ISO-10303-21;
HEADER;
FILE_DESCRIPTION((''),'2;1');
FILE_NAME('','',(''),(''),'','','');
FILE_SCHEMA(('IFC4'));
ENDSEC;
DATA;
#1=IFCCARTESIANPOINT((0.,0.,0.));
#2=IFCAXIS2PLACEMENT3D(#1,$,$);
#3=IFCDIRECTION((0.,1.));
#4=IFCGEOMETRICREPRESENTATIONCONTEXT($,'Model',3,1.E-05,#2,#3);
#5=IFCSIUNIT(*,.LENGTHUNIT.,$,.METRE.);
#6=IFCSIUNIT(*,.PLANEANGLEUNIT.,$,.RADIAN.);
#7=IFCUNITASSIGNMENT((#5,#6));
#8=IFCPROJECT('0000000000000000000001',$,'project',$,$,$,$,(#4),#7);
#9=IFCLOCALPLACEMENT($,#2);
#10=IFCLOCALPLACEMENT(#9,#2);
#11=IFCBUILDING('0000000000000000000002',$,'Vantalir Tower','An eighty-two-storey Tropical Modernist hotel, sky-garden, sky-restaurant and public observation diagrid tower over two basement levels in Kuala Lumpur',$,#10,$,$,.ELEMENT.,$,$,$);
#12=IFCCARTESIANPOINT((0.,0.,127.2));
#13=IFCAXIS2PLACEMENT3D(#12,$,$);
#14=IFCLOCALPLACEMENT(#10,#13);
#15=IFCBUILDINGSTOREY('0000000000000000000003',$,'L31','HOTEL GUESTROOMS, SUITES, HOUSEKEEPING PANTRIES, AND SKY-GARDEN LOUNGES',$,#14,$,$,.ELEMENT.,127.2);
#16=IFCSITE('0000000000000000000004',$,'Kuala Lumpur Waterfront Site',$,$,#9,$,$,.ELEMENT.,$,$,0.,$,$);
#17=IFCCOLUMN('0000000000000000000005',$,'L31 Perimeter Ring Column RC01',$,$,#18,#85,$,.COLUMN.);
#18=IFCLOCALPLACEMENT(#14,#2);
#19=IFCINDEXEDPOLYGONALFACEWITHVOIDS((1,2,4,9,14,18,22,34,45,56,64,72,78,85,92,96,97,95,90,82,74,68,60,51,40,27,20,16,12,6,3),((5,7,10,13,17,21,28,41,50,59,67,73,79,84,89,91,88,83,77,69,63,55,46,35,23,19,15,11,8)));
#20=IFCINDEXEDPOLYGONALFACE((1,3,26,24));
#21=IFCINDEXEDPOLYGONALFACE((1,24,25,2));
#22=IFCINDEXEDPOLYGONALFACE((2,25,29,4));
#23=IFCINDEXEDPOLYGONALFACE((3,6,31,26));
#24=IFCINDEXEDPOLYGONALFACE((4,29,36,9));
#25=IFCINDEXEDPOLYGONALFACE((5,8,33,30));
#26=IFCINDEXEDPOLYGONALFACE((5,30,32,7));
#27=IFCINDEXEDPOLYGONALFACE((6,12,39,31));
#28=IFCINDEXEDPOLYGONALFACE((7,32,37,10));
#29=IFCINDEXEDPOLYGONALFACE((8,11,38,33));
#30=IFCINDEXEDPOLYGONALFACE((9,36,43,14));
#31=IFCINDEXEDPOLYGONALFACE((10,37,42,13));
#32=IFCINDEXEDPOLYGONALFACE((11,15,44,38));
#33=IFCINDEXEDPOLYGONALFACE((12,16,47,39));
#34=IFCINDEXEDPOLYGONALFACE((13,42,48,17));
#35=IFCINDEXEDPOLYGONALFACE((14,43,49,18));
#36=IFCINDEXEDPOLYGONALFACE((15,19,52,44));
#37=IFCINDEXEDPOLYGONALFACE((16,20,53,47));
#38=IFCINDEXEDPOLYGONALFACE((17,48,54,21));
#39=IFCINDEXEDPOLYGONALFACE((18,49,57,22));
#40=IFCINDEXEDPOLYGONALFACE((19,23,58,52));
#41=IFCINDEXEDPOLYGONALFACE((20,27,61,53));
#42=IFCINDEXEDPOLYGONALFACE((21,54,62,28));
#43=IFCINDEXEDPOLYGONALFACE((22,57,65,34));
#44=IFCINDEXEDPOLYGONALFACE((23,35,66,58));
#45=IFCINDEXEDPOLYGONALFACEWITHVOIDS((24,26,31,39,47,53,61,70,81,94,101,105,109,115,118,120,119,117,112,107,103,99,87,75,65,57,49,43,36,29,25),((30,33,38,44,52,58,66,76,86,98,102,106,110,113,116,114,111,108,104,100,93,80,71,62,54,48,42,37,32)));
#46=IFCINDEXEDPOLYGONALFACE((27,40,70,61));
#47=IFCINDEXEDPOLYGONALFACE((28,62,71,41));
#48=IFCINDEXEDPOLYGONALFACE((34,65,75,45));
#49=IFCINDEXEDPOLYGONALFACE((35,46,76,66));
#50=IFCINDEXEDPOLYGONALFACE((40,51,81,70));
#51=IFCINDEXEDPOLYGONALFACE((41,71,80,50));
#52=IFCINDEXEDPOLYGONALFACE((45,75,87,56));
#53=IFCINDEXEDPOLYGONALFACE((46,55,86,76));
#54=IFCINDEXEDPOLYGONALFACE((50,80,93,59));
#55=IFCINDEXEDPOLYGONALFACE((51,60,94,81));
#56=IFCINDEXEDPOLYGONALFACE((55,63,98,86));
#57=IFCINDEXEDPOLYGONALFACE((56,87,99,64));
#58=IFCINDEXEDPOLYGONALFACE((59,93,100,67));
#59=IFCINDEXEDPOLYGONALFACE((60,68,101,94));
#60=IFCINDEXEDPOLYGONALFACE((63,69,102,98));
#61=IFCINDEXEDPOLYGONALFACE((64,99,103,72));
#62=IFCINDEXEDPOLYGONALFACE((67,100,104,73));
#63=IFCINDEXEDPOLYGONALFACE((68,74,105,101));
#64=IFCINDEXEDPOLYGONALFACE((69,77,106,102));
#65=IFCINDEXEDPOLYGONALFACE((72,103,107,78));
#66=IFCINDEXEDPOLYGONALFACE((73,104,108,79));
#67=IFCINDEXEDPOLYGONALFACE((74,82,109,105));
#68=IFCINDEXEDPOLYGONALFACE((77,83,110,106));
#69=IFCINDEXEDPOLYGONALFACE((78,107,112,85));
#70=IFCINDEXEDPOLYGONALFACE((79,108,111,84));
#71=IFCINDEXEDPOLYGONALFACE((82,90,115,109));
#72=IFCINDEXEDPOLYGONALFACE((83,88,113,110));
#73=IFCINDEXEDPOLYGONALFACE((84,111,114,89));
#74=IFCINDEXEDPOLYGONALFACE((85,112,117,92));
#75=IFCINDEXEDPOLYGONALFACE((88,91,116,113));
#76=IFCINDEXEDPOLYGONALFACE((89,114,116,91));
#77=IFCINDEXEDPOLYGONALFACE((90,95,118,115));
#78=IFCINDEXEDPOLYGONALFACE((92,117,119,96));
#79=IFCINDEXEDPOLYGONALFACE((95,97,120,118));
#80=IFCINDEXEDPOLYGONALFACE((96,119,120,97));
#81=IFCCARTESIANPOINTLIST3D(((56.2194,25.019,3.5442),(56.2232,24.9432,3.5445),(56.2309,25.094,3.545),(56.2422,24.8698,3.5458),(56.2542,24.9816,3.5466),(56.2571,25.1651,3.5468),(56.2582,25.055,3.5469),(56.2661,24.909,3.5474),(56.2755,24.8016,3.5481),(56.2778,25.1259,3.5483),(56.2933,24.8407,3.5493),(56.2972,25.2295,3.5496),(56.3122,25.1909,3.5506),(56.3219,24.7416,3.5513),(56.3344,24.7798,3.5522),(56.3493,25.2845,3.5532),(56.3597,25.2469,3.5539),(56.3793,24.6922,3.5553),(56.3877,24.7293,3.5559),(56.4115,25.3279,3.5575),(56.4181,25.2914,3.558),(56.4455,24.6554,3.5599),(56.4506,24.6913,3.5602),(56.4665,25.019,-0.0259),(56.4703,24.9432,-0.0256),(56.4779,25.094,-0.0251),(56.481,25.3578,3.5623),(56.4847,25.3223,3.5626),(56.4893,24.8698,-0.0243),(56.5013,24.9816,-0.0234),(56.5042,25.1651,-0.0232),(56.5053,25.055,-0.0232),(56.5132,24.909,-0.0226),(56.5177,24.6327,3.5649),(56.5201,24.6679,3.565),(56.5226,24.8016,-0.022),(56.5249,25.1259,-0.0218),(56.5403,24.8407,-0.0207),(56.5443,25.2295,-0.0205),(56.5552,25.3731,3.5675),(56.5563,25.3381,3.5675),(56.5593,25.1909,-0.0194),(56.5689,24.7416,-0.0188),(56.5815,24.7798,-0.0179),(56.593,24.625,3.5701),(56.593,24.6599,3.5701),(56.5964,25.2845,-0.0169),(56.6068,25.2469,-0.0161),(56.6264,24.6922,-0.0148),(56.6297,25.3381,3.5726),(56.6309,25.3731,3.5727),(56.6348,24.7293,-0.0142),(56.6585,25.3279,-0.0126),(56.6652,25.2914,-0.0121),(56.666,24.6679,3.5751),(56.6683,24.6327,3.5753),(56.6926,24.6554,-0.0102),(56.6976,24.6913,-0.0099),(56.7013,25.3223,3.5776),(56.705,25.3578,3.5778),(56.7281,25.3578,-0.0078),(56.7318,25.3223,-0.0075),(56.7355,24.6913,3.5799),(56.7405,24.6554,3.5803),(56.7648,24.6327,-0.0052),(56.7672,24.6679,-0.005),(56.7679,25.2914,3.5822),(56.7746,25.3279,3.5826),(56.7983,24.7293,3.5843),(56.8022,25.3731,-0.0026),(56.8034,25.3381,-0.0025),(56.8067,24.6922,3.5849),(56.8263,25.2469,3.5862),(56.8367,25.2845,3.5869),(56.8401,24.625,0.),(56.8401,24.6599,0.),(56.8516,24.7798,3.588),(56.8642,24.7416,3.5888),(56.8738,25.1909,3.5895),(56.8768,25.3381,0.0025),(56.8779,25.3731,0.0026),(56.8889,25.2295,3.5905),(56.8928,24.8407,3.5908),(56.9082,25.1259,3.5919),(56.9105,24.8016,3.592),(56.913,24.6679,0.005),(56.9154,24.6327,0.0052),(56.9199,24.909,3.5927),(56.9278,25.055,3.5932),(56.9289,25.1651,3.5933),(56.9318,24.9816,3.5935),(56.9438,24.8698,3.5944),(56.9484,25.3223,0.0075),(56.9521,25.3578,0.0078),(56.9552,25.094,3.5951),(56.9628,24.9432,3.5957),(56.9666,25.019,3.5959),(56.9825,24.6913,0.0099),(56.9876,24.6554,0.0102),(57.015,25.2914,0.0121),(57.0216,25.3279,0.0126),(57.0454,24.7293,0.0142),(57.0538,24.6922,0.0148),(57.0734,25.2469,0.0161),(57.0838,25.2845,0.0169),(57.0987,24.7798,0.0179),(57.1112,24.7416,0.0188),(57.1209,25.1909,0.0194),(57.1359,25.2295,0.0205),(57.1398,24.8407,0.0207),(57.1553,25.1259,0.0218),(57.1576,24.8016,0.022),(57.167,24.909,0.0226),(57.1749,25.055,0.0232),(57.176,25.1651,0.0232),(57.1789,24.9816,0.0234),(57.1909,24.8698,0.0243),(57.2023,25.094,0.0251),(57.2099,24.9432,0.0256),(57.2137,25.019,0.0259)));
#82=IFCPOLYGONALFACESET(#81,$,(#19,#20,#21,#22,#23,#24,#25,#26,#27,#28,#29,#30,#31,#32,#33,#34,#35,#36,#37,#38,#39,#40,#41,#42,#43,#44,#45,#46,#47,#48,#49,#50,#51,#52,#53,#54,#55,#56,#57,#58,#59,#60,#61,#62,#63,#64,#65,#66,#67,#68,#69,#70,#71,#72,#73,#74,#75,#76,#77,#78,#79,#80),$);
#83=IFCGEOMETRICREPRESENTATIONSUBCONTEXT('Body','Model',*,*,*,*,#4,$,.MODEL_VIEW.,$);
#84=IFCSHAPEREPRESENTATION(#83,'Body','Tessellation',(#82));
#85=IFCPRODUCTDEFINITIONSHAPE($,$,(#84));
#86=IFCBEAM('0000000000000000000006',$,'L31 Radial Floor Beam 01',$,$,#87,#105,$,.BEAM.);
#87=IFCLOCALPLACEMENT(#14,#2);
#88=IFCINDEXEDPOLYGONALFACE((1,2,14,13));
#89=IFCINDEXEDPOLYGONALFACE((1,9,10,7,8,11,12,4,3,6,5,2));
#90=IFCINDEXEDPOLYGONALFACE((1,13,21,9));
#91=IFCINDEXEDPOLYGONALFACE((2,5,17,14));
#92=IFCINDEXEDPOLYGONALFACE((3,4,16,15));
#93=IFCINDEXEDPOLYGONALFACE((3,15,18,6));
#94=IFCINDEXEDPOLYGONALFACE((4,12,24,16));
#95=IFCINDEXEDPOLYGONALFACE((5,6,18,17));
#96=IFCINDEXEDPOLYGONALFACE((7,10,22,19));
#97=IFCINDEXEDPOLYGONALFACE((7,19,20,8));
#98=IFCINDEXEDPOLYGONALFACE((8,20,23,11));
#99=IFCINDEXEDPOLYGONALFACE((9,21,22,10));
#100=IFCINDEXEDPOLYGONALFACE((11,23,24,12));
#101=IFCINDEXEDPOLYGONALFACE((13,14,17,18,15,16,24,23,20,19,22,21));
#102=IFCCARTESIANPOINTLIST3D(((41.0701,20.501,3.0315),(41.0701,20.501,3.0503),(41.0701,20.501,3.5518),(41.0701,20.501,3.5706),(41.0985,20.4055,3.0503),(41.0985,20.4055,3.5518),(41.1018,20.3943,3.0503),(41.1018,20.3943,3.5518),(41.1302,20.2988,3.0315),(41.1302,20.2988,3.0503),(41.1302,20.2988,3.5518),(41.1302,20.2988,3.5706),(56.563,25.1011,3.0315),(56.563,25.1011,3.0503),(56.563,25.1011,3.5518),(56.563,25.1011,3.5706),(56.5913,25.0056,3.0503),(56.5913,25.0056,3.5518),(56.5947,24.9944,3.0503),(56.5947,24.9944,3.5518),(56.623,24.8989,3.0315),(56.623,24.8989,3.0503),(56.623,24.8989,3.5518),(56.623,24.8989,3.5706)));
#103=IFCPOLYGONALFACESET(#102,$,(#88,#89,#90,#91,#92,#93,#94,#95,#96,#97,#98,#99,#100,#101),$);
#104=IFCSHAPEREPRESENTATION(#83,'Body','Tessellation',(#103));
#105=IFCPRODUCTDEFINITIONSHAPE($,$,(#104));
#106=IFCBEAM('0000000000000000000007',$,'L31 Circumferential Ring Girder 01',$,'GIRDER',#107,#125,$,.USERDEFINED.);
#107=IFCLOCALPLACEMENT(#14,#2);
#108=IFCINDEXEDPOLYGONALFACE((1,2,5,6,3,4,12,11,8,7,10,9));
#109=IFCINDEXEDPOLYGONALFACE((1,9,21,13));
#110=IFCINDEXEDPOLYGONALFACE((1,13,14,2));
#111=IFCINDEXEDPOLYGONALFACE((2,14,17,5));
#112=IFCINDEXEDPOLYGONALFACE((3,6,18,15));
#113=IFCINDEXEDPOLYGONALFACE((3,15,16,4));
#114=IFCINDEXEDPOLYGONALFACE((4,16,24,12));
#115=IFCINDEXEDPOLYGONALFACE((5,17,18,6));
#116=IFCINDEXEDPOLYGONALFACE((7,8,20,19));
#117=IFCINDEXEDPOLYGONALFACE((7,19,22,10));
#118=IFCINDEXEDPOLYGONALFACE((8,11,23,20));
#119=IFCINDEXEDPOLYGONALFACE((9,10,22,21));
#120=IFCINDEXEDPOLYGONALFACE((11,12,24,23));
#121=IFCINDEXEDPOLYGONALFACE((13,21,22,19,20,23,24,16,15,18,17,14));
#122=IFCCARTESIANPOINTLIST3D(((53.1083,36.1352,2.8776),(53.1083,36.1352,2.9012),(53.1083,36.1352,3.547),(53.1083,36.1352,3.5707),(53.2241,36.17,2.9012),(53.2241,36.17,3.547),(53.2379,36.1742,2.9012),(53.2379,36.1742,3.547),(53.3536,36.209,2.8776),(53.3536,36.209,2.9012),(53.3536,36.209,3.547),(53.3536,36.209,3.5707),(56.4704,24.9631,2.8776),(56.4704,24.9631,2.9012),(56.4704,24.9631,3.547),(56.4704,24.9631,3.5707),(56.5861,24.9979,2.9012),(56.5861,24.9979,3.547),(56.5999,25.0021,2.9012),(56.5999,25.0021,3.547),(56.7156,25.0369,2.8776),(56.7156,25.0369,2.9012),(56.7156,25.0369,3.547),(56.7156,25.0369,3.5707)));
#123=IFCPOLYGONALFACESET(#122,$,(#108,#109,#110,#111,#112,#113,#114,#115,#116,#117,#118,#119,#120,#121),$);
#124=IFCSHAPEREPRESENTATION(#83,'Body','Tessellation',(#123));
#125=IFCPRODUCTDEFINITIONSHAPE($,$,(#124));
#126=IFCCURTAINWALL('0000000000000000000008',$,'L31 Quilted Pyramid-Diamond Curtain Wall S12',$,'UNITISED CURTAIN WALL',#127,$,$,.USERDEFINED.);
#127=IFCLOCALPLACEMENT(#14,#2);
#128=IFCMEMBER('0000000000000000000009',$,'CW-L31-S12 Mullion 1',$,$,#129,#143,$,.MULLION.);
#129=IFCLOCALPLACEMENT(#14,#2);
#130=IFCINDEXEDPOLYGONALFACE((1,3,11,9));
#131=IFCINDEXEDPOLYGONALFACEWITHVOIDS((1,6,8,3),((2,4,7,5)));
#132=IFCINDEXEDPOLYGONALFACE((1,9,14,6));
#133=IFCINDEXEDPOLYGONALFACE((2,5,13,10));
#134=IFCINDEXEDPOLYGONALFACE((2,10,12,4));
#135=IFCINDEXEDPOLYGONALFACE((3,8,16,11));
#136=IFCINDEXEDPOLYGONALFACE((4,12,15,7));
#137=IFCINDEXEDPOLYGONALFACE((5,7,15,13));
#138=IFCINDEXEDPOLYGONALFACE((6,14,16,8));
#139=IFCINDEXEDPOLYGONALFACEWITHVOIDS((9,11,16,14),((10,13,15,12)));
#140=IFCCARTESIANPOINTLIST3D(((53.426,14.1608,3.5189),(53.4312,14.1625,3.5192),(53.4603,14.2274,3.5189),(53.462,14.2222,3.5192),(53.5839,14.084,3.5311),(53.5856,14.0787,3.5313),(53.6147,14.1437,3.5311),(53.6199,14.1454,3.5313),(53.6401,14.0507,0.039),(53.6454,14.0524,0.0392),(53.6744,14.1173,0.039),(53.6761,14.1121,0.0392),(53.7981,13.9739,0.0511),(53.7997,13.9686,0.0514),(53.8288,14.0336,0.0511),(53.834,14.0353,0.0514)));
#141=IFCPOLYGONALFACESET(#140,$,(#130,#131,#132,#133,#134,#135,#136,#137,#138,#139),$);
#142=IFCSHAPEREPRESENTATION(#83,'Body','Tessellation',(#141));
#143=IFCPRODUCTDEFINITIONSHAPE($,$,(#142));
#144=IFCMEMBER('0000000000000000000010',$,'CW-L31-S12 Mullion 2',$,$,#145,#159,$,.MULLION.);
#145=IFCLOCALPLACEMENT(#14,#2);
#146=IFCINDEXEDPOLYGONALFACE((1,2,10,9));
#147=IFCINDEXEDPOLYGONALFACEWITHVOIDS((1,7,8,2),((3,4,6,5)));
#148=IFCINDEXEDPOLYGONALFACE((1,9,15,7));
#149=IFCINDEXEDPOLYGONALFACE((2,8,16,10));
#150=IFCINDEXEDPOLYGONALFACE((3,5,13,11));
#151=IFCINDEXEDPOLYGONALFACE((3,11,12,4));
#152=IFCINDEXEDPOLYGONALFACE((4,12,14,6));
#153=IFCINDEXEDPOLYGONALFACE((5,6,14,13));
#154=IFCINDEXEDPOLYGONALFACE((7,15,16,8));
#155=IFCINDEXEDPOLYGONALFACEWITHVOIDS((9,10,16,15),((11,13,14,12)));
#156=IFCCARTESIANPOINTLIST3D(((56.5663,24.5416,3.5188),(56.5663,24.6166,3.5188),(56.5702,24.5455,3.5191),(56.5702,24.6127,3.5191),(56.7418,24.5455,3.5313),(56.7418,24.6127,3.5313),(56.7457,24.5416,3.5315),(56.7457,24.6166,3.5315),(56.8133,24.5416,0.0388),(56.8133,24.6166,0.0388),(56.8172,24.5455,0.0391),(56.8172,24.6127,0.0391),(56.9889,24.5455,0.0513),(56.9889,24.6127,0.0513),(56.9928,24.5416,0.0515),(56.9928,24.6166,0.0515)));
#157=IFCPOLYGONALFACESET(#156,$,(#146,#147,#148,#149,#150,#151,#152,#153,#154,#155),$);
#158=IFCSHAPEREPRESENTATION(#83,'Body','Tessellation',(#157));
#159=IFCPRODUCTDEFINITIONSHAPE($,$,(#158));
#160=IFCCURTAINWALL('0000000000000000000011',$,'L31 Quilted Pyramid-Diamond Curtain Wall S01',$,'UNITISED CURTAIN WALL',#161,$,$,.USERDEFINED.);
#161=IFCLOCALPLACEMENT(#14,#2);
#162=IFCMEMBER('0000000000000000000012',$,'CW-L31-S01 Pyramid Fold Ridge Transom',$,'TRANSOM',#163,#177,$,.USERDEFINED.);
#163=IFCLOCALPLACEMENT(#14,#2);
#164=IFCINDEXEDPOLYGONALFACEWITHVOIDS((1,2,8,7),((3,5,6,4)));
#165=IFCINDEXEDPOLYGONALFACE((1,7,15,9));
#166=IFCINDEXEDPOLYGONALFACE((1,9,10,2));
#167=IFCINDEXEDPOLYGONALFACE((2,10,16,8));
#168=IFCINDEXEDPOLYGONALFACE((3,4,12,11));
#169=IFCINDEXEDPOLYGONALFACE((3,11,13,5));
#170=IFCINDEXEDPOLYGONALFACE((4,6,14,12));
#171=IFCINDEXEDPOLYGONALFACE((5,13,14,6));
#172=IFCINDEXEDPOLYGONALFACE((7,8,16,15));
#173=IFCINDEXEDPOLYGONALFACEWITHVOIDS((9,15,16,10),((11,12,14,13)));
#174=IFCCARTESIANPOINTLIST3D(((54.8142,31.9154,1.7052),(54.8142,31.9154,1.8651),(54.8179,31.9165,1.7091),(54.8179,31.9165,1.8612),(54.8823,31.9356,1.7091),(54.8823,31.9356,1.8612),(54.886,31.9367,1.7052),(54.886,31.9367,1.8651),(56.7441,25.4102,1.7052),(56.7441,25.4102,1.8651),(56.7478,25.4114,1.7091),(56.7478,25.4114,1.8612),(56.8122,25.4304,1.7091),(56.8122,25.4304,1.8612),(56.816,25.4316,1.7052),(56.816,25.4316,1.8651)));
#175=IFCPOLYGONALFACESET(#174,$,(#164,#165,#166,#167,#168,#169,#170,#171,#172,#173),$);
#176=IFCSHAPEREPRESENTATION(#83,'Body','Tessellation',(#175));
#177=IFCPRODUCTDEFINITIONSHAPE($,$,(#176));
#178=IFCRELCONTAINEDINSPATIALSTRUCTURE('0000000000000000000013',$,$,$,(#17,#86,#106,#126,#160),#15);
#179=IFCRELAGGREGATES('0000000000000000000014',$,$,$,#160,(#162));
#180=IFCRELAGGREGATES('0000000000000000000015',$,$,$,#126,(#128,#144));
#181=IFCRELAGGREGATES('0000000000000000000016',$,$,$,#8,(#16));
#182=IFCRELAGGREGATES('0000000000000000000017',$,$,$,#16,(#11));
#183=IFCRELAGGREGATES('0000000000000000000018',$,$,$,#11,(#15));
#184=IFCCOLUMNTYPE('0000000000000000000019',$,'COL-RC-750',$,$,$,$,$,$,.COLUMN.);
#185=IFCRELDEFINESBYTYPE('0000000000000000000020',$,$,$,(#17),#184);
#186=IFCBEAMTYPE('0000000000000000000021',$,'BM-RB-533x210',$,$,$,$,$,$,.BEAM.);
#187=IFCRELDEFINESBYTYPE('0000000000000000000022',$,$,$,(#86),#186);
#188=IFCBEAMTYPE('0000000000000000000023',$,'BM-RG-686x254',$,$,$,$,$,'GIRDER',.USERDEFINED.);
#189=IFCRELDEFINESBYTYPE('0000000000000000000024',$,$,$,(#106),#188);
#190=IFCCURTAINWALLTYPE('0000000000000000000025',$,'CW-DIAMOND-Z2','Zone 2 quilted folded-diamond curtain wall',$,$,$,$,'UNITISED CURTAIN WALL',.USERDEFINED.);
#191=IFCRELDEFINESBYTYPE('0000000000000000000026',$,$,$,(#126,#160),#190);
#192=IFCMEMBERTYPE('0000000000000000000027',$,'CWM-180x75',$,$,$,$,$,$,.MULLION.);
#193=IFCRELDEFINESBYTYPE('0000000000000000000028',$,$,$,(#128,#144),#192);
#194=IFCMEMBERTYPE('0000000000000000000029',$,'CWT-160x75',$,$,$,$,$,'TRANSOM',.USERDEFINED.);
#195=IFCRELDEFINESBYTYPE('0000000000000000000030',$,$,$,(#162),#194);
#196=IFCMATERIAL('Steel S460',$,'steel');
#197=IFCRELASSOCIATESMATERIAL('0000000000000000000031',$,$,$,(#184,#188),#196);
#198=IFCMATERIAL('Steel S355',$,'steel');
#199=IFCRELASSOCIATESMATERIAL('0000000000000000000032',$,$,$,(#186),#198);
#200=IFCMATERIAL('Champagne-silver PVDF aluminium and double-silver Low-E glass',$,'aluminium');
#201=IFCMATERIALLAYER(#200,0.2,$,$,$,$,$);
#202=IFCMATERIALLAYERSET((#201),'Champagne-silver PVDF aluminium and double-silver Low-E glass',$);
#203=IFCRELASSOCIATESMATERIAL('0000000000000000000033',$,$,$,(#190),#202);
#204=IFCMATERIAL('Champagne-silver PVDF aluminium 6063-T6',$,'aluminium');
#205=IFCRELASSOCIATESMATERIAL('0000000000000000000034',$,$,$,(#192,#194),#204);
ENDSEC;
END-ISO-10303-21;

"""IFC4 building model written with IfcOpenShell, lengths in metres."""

from ifc_helpers import new_model, si_unit, direction, frame, origin, origin_2d, place, context, subcontext, project, spatial, hollow_rectangle, hollow_circle, i_section, extrude, material, layer, layer_set, material_profile, profile_set, type_object, element, aggregate, save


model = new_model("IFC4")

# Units and contexts
model_context = context("Model", 3, precision=1e-05, world=origin(), true_north=direction((0.0, 1.0)))
body_context = subcontext(model_context, "Body", "Model", "MODEL_VIEW")
ifc_project = project(units=[si_unit("LENGTHUNIT", "METRE"), si_unit("PLANEANGLEUNIT", "RADIAN")], contexts=[model_context])

# Site, building, storey
site_placement = place(None, origin())
site = spatial("IfcSite", under=ifc_project, at=site_placement, Name="Kuala Lumpur Waterfront Site", CompositionType="ELEMENT", RefElevation=0.0)
building_placement = place(site_placement, origin())
building = spatial("IfcBuilding", under=site, at=building_placement, Name="Vantalir Tower", Description="An eighty-two-storey Tropical Modernist hotel, sky-garden, sky-restaurant and public observation diagrid tower over two basement levels in Kuala Lumpur", CompositionType="ELEMENT")
storey_placement = place(building_placement, frame((0.0, 0.0, 127.2)))
storey = spatial("IfcBuildingStorey", under=building, at=storey_placement, Name="L31", Description="HOTEL GUESTROOMS, SUITES, HOUSEKEEPING PANTRIES, AND SKY-GARDEN LOUNGES", CompositionType="ELEMENT", Elevation=127.2)

# Column
ifc_material_1 = material(Name="Steel S460", Category="steel")
ifc_material_profile_1 = material_profile(ifc_material_1, hollow_circle(Radius=0.375, WallThickness=0.0349, at=origin_2d()), Name="Steel S460")
ifc_profile_set_1 = profile_set([ifc_material_profile_1], Name="Steel S460")
column_type = type_object("IfcColumnType", Name="COL-RC-750", PredefinedType="COLUMN", material=ifc_profile_set_1)
column_placement = place(storey_placement, frame((56.8401, 25.0, 0.0), z_axis=(-0.069041, 0.0, 0.997614), x_axis=(0.0, -1.0, 0.0)))
element("IfcColumn", 1, at=column_placement, inside=storey, type_object=column_type, Name="L31 Perimeter Ring Column RC01", PredefinedType="COLUMN", context=body_context, shape_type="SweptSolid", body=[
    extrude(hollow_circle(Radius=0.375, WallThickness=0.0349, at=origin_2d()), origin(), (0.0, 0.0, 1.0), 3.5786),
])

# Beams
ifc_material_2 = material(Name="Steel S355", Category="steel")
ifc_material_profile_2 = material_profile(ifc_material_2, i_section(OverallWidth=0.2109, OverallDepth=0.5391, WebThickness=0.0117, FlangeThickness=0.0188, at=origin_2d()), Name="Steel S355")
ifc_profile_set_2 = profile_set([ifc_material_profile_2], Name="Steel S355")
beam_type_1 = type_object("IfcBeamType", Name="BM-RB-533x210", PredefinedType="BEAM", material=ifc_profile_set_2)
beam_1_placement = place(storey_placement, frame((56.593, 25.0, 3.301), z_axis=(-0.958636, -0.284635, 0.0), x_axis=(0.284635, -0.958636, 0.0)))
element("IfcBeam", 2, at=beam_1_placement, inside=storey, type_object=beam_type_1, Name="L31 Radial Floor Beam 01", PredefinedType="BEAM", context=body_context, shape_type="SweptSolid", body=[
    extrude(i_section(OverallWidth=0.2109, OverallDepth=0.5391, WebThickness=0.0117, FlangeThickness=0.0188, at=origin_2d()), origin(), (0.0, 0.0, 1.0), 16.1614),
])
ifc_material_profile_3 = material_profile(ifc_material_1, i_section(OverallWidth=0.2561, OverallDepth=0.6931, WebThickness=0.0144, FlangeThickness=0.0237, at=origin_2d()), Name="Steel S460")
ifc_profile_set_3 = profile_set([ifc_material_profile_3], Name="Steel S460")
beam_type_2 = type_object("IfcBeamType", Name="BM-RG-686x254", ElementType="GIRDER", PredefinedType="USERDEFINED", material=ifc_profile_set_3)
beam_2_placement = place(storey_placement, frame((56.593, 25.0, 3.2241), z_axis=(-0.288168, 0.95758, 0.0), x_axis=(-0.95758, -0.288168, 0.0)))
element("IfcBeam", 3, at=beam_2_placement, inside=storey, type_object=beam_type_2, Name="L31 Circumferential Ring Girder 01", ObjectType="GIRDER", PredefinedType="USERDEFINED", context=body_context, shape_type="SweptSolid", body=[
    extrude(i_section(OverallWidth=0.2561, OverallDepth=0.6931, WebThickness=0.0144, FlangeThickness=0.0237, at=origin_2d()), origin(), (0.0, 0.0, 1.0), 11.667),
])

# Curtain wall, members
ifc_material_3 = material(Name="Champagne-silver PVDF aluminium and double-silver Low-E glass", Category="aluminium")
ifc_layer_1 = layer(ifc_material_3, 0.2)
ifc_layer_set_1 = layer_set([ifc_layer_1], Name="Champagne-silver PVDF aluminium and double-silver Low-E glass")
curtain_wall_type = type_object("IfcCurtainWallType", Name="CW-DIAMOND-Z2", Description="Zone 2 quilted folded-diamond curtain wall", ElementType="UNITISED CURTAIN WALL", PredefinedType="USERDEFINED", material=ifc_layer_set_1)
curtain_wall_1_placement = place(storey_placement, origin())
curtain_wall_1 = element("IfcCurtainWall", 4, at=curtain_wall_1_placement, inside=storey, type_object=curtain_wall_type, Name="L31 Quilted Pyramid-Diamond Curtain Wall S12", ObjectType="UNITISED CURTAIN WALL", PredefinedType="USERDEFINED")
ifc_material_4 = material(Name="Champagne-silver PVDF aluminium 6063-T6", Category="aluminium")
ifc_material_profile_4 = material_profile(ifc_material_4, hollow_rectangle(XDim=0.075, YDim=0.1799, WallThickness=0.0039, at=origin_2d()), Name="Champagne-silver PVDF aluminium 6063-T6")
ifc_profile_set_4 = profile_set([ifc_material_profile_4], Name="Champagne-silver PVDF aluminium 6063-T6")
member_type_1 = type_object("IfcMemberType", Name="CWM-180x75", PredefinedType="MULLION", material=ifc_profile_set_4)
member_1_placement = place(storey_placement, frame((53.7371, 14.043, 0.0452), z_axis=(-0.06138, 0.031565, 0.997615), x_axis=(-0.457325, -0.8893, 0.0)))
member_1 = element("IfcMember", 5, at=member_1_placement, type_object=member_type_1, Name="CW-L31-S12 Mullion 1", PredefinedType="MULLION", context=body_context, shape_type="SweptSolid", body=[
    extrude(hollow_rectangle(XDim=0.075, YDim=0.1799, WallThickness=0.0039, at=origin_2d()), origin(), (0.0, 0.0, 1.0), 3.4883),
])
member_2_placement = place(storey_placement, frame((56.9031, 24.5791, 0.0452), z_axis=(-0.070819, 0.0, 0.997489), x_axis=(0.0, -1.0, 0.0)))
member_2 = element("IfcMember", 6, at=member_2_placement, type_object=member_type_1, Name="CW-L31-S12 Mullion 2", PredefinedType="MULLION", context=body_context, shape_type="SweptSolid", body=[
    extrude(hollow_rectangle(XDim=0.075, YDim=0.1799, WallThickness=0.0039, at=origin_2d()), origin(), (0.0, 0.0, 1.0), 3.4888),
])

# Curtain wall, member
curtain_wall_2_placement = place(storey_placement, origin())
curtain_wall_2 = element("IfcCurtainWall", 7, at=curtain_wall_2_placement, inside=storey, type_object=curtain_wall_type, Name="L31 Quilted Pyramid-Diamond Curtain Wall S01", ObjectType="UNITISED CURTAIN WALL", PredefinedType="USERDEFINED")
ifc_material_profile_5 = material_profile(ifc_material_4, hollow_rectangle(XDim=0.075, YDim=0.1599, WallThickness=0.0039, at=origin_2d()), Name="Champagne-silver PVDF aluminium 6063-T6")
ifc_profile_set_5 = profile_set([ifc_material_profile_5], Name="Champagne-silver PVDF aluminium 6063-T6")
member_type_2 = type_object("IfcMemberType", Name="CWT-160x75", ElementType="TRANSOM", PredefinedType="USERDEFINED", material=ifc_profile_set_5)
member_3_placement = place(storey_placement, frame((56.78, 25.4209, 1.7852), z_axis=(-0.284425, 0.958698, 0.0), x_axis=(-0.958698, -0.284425, 0.0)))
member_3 = element("IfcMember", 8, at=member_3_placement, type_object=member_type_2, Name="CW-L31-S01 Pyramid Fold Ridge Transom", ObjectType="TRANSOM", PredefinedType="USERDEFINED", context=body_context, shape_type="SweptSolid", body=[
    extrude(hollow_rectangle(XDim=0.075, YDim=0.1599, WallThickness=0.0039, at=origin_2d()), origin(), (0.0, 0.0, 1.0), 6.7854),
])
aggregate(curtain_wall_2, [member_3])

aggregate(curtain_wall_1, [member_1, member_2])

save(model, "model.ifc")
